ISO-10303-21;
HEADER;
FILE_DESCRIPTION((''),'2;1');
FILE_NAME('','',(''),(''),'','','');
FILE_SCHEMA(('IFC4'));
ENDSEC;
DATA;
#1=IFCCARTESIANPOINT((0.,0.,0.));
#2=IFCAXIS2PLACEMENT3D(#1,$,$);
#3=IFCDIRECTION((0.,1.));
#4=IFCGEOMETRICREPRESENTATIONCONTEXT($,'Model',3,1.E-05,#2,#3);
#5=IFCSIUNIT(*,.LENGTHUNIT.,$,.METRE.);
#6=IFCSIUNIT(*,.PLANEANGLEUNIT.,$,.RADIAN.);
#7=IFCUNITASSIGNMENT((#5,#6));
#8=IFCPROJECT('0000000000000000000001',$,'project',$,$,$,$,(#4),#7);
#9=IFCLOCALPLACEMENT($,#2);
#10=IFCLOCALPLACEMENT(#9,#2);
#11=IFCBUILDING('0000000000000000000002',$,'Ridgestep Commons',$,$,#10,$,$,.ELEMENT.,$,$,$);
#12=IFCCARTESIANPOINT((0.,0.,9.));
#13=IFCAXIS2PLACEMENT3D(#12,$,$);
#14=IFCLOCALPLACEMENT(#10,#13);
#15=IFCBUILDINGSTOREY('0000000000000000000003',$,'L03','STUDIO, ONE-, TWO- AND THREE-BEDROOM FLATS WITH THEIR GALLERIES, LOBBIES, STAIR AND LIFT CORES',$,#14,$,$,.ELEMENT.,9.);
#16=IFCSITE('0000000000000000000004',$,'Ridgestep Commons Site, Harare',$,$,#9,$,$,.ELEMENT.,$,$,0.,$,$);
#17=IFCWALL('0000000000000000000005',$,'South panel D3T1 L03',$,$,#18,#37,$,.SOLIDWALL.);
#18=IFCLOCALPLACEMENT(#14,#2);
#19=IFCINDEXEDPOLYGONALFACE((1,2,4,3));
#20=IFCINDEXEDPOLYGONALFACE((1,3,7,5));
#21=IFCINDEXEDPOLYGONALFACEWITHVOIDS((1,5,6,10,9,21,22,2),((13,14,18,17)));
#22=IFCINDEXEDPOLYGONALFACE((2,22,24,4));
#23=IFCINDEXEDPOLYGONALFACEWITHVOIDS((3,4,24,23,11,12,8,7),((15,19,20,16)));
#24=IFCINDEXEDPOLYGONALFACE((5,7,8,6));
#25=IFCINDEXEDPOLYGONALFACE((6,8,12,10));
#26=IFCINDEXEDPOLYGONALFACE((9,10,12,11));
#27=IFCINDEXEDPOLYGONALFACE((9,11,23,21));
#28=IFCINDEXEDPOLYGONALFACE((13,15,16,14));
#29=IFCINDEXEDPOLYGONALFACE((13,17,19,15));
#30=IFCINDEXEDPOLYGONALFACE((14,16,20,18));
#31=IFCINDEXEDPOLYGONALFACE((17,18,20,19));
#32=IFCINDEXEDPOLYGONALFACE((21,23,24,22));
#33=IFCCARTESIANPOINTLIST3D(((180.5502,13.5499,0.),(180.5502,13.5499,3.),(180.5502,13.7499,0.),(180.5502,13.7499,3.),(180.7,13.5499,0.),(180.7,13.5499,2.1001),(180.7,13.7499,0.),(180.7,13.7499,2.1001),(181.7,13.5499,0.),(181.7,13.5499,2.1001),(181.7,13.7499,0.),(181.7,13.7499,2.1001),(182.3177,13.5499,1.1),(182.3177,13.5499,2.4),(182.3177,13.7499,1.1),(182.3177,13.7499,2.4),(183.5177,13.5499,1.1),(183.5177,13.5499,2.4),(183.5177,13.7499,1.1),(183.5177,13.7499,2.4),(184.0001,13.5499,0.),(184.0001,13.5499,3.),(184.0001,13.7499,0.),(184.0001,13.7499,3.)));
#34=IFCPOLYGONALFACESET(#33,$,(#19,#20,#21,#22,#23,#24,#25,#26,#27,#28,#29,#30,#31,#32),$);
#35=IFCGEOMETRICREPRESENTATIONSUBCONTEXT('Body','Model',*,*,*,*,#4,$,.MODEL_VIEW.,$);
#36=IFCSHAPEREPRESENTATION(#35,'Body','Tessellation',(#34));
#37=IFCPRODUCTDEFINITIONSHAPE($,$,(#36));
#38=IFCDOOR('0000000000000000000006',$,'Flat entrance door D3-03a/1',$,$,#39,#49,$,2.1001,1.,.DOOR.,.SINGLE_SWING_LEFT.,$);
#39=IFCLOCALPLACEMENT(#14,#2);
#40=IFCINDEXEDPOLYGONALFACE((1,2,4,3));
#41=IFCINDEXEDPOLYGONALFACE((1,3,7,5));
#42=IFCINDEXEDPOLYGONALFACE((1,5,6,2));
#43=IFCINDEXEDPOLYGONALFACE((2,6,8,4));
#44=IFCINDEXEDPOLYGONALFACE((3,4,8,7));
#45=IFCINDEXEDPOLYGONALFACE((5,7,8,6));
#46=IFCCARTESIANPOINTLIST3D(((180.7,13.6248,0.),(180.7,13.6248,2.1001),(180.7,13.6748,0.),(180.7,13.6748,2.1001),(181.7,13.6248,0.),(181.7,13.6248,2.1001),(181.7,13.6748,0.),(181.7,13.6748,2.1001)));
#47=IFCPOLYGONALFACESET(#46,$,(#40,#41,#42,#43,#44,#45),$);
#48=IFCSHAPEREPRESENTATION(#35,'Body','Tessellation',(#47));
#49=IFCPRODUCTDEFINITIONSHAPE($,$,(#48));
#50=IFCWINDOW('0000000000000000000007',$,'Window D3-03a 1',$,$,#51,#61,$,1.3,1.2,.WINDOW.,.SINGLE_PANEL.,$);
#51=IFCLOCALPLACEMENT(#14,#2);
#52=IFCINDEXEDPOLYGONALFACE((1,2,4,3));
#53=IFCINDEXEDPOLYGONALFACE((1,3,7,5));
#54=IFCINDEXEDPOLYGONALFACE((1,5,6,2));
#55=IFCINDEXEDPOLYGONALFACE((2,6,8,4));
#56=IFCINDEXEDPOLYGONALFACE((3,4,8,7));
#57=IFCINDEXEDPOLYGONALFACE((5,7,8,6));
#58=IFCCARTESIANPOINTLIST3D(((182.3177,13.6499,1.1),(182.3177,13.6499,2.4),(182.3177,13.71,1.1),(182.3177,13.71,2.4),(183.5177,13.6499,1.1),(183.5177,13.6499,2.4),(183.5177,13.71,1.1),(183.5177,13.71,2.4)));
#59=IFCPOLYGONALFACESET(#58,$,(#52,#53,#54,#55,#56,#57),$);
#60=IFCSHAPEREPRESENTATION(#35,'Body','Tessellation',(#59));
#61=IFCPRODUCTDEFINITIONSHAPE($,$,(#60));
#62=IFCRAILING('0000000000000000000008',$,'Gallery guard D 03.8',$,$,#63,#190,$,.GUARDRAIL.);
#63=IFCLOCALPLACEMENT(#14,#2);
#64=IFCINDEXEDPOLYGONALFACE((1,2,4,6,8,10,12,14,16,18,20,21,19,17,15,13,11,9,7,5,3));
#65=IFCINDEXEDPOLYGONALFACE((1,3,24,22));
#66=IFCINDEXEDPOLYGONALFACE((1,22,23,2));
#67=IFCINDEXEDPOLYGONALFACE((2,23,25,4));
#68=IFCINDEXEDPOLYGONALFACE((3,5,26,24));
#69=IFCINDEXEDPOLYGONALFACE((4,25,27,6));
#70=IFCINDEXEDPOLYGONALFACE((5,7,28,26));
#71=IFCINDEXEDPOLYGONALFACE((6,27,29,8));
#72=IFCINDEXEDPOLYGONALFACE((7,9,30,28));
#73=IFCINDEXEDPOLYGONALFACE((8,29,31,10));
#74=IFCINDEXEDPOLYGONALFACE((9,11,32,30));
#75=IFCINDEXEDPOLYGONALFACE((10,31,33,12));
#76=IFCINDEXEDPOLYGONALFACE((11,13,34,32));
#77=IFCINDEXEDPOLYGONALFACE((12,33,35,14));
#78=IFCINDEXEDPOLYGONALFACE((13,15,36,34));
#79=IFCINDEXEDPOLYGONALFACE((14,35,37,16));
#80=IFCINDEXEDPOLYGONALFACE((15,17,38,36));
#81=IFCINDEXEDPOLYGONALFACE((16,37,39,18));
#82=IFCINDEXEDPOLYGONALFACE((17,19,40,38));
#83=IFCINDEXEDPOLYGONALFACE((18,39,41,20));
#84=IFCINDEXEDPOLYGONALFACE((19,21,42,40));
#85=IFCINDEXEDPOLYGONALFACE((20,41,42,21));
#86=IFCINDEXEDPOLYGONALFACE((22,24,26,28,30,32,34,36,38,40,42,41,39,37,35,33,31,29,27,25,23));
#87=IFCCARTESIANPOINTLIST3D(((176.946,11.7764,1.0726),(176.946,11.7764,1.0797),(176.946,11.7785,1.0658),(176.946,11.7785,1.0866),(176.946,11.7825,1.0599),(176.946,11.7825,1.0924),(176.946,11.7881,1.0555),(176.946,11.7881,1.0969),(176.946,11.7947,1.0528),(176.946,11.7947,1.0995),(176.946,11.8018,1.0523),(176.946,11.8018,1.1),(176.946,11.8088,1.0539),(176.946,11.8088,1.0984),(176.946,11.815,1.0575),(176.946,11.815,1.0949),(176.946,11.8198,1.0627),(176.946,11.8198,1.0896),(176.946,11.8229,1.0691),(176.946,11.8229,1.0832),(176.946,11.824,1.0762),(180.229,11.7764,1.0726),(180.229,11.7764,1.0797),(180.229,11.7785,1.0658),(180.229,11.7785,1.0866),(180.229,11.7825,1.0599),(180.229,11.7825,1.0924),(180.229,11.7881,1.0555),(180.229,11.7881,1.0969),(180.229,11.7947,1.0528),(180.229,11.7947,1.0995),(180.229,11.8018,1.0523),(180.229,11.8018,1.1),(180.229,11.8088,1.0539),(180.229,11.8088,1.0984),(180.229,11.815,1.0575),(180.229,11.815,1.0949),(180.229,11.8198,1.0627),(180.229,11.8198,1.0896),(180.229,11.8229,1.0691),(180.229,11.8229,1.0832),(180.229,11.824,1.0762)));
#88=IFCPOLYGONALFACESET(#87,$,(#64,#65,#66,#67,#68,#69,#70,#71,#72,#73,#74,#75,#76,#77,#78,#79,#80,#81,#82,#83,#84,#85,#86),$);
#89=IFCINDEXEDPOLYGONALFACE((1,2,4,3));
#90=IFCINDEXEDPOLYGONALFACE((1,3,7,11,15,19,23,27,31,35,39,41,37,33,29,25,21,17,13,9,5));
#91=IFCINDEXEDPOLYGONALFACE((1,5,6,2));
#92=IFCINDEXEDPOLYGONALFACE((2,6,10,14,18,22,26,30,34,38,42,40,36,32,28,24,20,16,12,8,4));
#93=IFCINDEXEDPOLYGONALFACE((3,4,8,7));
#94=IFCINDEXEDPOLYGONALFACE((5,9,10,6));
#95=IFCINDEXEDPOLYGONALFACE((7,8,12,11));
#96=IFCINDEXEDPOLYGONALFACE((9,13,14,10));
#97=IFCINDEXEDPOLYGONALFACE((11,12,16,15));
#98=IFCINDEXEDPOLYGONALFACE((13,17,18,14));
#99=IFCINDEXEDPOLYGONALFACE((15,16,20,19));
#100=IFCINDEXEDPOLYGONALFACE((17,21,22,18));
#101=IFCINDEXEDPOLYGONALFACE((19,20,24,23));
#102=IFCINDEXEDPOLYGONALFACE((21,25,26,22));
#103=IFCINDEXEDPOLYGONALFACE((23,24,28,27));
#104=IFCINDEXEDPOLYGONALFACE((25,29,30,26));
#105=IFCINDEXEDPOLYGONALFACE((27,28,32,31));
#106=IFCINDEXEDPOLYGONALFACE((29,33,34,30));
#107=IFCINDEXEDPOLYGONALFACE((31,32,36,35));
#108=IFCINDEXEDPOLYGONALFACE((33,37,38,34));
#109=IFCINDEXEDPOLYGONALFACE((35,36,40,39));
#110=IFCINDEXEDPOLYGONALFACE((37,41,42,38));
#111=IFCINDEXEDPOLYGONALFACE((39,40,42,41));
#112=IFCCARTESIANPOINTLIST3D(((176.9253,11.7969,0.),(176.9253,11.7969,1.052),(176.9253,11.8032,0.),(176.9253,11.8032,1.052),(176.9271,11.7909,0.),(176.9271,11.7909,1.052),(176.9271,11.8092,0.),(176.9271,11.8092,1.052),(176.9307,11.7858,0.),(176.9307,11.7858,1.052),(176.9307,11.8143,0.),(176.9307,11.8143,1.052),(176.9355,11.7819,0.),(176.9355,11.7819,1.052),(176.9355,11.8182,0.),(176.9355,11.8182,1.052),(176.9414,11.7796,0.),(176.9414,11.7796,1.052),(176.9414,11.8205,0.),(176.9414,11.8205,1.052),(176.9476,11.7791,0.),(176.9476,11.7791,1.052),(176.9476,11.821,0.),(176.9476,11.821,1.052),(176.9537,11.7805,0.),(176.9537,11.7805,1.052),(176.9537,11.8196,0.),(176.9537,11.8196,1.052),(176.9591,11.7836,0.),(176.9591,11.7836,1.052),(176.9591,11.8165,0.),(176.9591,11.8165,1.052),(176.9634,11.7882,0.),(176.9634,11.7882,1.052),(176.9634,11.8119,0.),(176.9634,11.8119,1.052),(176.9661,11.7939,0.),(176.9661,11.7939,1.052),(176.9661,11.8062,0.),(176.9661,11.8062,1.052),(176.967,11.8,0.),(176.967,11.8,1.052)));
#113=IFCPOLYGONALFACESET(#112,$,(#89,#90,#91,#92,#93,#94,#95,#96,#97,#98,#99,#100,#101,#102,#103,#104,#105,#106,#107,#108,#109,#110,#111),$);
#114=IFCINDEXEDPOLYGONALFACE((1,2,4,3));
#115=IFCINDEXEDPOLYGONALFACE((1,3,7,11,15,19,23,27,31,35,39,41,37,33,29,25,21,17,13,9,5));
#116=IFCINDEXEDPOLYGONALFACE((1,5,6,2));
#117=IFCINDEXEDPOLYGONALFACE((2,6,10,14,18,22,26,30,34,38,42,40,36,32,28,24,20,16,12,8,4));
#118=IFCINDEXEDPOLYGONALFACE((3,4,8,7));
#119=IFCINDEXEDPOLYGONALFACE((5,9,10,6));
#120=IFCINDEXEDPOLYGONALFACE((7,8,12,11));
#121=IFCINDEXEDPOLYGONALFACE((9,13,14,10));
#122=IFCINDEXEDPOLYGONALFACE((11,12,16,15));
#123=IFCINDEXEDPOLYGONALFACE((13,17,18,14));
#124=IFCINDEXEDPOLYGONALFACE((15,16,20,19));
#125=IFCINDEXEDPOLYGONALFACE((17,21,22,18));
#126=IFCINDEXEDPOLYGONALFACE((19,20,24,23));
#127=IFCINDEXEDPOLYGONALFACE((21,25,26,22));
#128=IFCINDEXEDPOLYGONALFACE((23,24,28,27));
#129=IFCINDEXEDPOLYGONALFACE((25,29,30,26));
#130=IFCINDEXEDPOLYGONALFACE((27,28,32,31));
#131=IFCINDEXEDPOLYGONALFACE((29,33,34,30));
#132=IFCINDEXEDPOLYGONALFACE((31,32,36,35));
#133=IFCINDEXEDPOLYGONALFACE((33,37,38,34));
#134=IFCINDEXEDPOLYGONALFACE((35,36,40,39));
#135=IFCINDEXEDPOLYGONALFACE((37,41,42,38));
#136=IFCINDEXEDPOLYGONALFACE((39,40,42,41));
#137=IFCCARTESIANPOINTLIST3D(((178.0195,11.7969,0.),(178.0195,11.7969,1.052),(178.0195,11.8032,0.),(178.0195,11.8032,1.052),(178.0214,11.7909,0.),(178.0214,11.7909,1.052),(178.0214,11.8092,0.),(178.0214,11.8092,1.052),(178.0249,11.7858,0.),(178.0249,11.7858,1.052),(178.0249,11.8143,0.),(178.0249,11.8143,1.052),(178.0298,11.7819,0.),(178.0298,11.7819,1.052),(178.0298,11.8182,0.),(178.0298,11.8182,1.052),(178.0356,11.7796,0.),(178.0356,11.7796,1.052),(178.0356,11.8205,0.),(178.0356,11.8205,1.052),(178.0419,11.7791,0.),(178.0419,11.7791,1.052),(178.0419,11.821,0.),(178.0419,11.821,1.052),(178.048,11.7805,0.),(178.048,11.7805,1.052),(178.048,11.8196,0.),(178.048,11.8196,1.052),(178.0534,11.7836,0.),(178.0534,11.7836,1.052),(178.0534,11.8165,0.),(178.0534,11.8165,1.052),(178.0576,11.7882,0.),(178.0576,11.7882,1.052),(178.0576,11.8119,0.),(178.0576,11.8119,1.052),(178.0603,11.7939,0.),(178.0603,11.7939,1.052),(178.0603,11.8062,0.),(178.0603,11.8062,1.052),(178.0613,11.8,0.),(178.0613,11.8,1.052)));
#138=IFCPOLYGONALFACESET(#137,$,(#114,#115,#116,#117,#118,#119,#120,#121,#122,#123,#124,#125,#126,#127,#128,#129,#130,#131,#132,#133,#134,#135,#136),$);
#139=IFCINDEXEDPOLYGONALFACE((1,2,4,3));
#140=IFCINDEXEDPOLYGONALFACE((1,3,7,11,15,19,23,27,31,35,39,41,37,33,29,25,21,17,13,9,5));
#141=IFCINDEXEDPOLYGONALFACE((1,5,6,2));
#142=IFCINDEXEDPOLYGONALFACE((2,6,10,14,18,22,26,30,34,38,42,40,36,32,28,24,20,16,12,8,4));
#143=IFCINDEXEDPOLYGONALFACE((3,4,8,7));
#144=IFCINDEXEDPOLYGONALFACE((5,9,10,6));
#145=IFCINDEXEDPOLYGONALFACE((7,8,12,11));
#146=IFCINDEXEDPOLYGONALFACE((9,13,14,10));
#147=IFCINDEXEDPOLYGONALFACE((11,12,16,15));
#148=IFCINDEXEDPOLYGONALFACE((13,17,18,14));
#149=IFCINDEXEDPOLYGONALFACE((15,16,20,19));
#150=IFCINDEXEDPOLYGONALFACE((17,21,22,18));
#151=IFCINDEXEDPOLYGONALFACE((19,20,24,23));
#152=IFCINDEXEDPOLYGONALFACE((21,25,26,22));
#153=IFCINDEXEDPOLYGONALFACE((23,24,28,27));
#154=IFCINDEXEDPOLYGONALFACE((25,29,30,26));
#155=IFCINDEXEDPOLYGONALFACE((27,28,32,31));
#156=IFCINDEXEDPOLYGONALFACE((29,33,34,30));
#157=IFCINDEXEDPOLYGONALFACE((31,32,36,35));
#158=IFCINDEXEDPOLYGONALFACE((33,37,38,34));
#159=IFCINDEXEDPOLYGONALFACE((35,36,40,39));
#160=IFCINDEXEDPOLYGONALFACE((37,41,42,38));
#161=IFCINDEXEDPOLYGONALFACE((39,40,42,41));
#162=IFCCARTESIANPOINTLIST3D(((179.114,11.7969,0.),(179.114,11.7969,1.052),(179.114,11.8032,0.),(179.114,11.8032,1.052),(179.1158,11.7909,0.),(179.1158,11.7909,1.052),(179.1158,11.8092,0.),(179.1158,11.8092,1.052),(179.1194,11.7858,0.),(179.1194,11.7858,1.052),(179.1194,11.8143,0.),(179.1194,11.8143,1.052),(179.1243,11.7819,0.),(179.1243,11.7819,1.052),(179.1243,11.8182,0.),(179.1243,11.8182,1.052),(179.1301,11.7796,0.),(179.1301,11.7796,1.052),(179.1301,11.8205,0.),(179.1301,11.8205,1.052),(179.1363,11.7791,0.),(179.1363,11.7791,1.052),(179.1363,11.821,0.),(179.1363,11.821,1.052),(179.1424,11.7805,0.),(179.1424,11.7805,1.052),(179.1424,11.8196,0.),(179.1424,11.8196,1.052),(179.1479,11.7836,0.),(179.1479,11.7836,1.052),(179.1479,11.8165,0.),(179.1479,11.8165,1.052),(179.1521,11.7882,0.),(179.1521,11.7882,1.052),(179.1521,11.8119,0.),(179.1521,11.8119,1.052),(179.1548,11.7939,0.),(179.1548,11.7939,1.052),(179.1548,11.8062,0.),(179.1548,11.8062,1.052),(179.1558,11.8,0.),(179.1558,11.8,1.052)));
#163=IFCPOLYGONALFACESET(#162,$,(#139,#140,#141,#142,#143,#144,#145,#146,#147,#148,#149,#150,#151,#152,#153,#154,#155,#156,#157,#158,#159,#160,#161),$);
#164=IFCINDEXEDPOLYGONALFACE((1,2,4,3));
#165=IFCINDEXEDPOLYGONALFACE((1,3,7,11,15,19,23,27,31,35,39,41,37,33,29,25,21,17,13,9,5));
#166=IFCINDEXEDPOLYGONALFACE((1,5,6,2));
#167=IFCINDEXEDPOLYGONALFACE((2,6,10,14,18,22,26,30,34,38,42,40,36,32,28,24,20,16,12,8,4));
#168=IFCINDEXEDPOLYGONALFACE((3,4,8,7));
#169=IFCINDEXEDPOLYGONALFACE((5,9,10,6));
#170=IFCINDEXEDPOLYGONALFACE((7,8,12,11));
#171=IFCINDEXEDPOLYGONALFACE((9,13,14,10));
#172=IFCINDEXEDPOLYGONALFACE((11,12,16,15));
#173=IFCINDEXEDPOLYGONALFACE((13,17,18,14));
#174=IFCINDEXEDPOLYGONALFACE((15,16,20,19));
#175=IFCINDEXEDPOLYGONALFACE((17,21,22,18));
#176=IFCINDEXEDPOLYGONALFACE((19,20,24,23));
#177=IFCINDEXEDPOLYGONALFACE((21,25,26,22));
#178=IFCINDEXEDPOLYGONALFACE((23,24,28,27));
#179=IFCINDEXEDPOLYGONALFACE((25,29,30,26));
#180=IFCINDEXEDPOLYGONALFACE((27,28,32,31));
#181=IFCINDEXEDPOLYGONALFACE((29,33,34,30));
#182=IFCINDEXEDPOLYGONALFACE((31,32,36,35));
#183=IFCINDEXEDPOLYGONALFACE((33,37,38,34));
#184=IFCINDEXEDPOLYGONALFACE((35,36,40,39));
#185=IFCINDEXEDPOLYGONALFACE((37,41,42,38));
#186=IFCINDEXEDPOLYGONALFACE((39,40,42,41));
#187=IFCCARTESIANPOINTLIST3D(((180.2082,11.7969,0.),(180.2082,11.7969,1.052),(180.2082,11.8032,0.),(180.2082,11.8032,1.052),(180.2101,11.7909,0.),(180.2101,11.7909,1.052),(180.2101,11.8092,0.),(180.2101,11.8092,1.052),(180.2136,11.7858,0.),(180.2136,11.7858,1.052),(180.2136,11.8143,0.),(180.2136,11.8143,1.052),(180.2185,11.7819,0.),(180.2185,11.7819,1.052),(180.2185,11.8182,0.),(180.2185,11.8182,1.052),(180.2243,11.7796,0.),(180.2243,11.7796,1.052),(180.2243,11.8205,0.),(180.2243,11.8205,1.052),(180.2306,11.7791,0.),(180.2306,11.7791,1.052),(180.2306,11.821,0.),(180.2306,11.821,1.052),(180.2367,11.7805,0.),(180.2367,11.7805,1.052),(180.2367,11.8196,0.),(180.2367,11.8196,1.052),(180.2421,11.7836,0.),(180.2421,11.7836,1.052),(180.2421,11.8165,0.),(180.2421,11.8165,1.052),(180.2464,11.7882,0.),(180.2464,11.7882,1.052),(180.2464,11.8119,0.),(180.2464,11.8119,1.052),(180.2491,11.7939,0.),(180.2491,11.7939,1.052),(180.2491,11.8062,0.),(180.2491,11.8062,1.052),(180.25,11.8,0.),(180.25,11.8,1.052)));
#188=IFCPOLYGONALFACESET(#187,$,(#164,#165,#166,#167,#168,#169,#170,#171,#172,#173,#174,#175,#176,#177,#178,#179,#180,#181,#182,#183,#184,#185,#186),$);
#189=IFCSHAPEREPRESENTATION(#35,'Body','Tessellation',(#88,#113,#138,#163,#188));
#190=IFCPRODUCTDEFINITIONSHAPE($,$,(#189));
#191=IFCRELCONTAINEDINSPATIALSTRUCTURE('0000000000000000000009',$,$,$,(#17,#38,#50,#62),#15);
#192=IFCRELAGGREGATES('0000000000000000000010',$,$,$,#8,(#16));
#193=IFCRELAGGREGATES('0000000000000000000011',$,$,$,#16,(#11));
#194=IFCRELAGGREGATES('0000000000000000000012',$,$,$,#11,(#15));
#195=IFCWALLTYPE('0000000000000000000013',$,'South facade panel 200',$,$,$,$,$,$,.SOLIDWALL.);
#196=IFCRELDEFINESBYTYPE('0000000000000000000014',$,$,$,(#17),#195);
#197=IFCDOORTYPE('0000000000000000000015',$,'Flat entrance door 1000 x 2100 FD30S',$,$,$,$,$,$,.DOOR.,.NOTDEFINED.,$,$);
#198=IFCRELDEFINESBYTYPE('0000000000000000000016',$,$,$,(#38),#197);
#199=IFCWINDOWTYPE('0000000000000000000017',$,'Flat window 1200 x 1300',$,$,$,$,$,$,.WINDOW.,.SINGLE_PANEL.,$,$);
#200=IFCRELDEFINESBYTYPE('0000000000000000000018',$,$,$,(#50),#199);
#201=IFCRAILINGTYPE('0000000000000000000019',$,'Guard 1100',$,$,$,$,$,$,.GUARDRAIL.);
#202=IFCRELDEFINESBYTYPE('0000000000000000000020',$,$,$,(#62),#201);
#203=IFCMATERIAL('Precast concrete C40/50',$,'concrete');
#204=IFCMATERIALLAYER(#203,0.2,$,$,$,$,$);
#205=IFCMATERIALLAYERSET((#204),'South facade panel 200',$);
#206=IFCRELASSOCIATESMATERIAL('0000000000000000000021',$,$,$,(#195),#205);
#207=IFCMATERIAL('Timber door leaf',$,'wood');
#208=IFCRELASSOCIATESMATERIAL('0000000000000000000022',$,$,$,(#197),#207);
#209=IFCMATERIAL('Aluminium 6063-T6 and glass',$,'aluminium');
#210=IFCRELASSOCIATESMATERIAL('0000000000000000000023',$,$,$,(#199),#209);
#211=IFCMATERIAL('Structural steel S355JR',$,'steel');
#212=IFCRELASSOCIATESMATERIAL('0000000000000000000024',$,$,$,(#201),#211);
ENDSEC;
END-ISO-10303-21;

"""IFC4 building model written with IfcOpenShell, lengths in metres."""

from ifc_helpers import new_model, si_unit, direction, frame, frame_2d, origin, origin_2d, place, context, subcontext, project, spatial, rectangle, circle, extrude, material, layer, layer_set, type_object, element, fill, save


model = new_model("IFC4")

# Units and contexts
model_context = context("Model", 3, precision=1e-05, world=origin(), true_north=direction((0.0, 1.0)))
body_context = subcontext(model_context, "Body", "Model", "MODEL_VIEW")
ifc_project = project(units=[si_unit("LENGTHUNIT", "METRE"), si_unit("PLANEANGLEUNIT", "RADIAN")], contexts=[model_context])

# Site, building, storey
site_placement = place(None, origin())
site = spatial("IfcSite", under=ifc_project, at=site_placement, Name="Ridgestep Commons Site, Harare", CompositionType="ELEMENT", RefElevation=0.0)
building_placement = place(site_placement, origin())
building = spatial("IfcBuilding", under=site, at=building_placement, Name="Ridgestep Commons", CompositionType="ELEMENT")
storey_placement = place(building_placement, frame((0.0, 0.0, 9.0)))
storey = spatial("IfcBuildingStorey", under=building, at=storey_placement, Name="L03", Description="STUDIO, ONE-, TWO- AND THREE-BEDROOM FLATS WITH THEIR GALLERIES, LOBBIES, STAIR AND LIFT CORES", CompositionType="ELEMENT", Elevation=9.0)

# Shared definitions
ifc_material_1 = material(Name="Precast concrete C40/50", Category="concrete")
ifc_layer_1 = layer(ifc_material_1, 0.2)
ifc_layer_set_1 = layer_set([ifc_layer_1], Name="South facade panel 200")
wall_type_1 = type_object("IfcWallType", Name="South facade panel 200", PredefinedType="SOLIDWALL", material=ifc_layer_set_1)

# Wall, openings, door, window
wall_1_placement = place(storey_placement, frame((180.55, 13.6499, 0.0), z_axis=(0.0, 0.0, 1.0), x_axis=(1.0, 0.0, 0.0)))
wall_1 = element("IfcWall", 1, at=wall_1_placement, inside=storey, type_object=wall_type_1, Name="South panel D3T1 L03", PredefinedType="SOLIDWALL", context=body_context, shape_type="SweptSolid", body=[
    extrude(rectangle(XDim=3.45, YDim=0.2, at=frame_2d((1.7251, 0.0))), origin(), (0.0, 0.0, 1.0), 3.0),
])
opening_1_placement = place(wall_1_placement, frame((1.7676, 0.0, 1.1001)))
opening_1 = element("IfcOpeningElement", 2, at=opening_1_placement, cuts=wall_1, PredefinedType="OPENING", context=body_context, shape_type="SweptSolid", body=[
    extrude(rectangle(XDim=1.2, YDim=1.3, at=frame_2d((0.6001, 0.6499))), frame((0.0, 0.1099, 0.0), z_axis=(0.0, -1.0, 0.0), x_axis=(1.0, 0.0, 0.0)), (0.0, 0.0, 1.0), 0.22),
])
opening_2_placement = place(wall_1_placement, frame((0.1499, 0.0, 0.0)))
opening_2 = element("IfcOpeningElement", 3, at=opening_2_placement, cuts=wall_1, PredefinedType="OPENING", context=body_context, shape_type="SweptSolid", body=[
    extrude(rectangle(XDim=1.0, YDim=2.1001, at=frame_2d((0.5, 1.05))), frame((0.0, 0.1099, 0.0), z_axis=(0.0, -1.0, 0.0), x_axis=(1.0, 0.0, 0.0)), (0.0, 0.0, 1.0), 0.22),
])
ifc_material_2 = material(Name="Timber door leaf", Category="wood")
door_type_1 = type_object("IfcDoorType", Name="Flat entrance door 1000 x 2100 FD30S", OperationType="NOTDEFINED", PredefinedType="DOOR", material=ifc_material_2)
door_1_placement = place(opening_2_placement, origin())
door_1 = element("IfcDoor", 4, at=door_1_placement, inside=storey, type_object=door_type_1, Name="Flat entrance door D3-03a/1", OperationType="SINGLE_SWING_LEFT", OverallHeight=2.1001, OverallWidth=1.0, PredefinedType="DOOR", context=body_context, shape_type="SweptSolid", body=[
    extrude(rectangle(XDim=1.0, YDim=2.1001, at=frame_2d((0.5, 1.05))), frame((0.0, 0.0249, 0.0), z_axis=(0.0, -1.0, 0.0), x_axis=(1.0, 0.0, 0.0)), (0.0, 0.0, 1.0), 0.05),
])
fill(opening_2, door_1)
ifc_material_3 = material(Name="Aluminium 6063-T6 and glass", Category="aluminium")
window_type_1 = type_object("IfcWindowType", Name="Flat window 1200 x 1300", PartitioningType="SINGLE_PANEL", PredefinedType="WINDOW", material=ifc_material_3)
window_1_placement = place(opening_1_placement, origin())
window_1 = element("IfcWindow", 5, at=window_1_placement, inside=storey, type_object=window_type_1, Name="Window D3-03a 1", OverallHeight=1.3, OverallWidth=1.2, PartitioningType="SINGLE_PANEL", PredefinedType="WINDOW", context=body_context, shape_type="SweptSolid", body=[
    extrude(rectangle(XDim=1.2, YDim=1.3, at=frame_2d((0.6001, 0.6499))), frame((0.0, 0.0601, 0.0), z_axis=(0.0, -1.0, 0.0), x_axis=(1.0, 0.0, 0.0)), (0.0, 0.0, 1.0), 0.0601),
])
fill(opening_1, window_1)

# Railing
ifc_material_4 = material(Name="Structural steel S355JR", Category="steel")
railing_type = type_object("IfcRailingType", Name="Guard 1100", PredefinedType="GUARDRAIL", material=ifc_material_4)
for number, where, name in (
    (6, (176.946, 11.8, 0.0), "Gallery guard D 03.8"),
):
    element("IfcRailing", number, at=place(storey_placement, frame(where)), inside=storey, type_object=railing_type, Name=name, PredefinedType="GUARDRAIL", context=body_context, shape_type="SweptSolid", body=[
        extrude(circle(Radius=0.0239, at=origin_2d()), frame((0.0, 0.0, 1.0762), z_axis=(1.0, 0.0, 0.0), x_axis=(0.0, 1.0, 0.0)), (0.0, 0.0, 1.0), 3.283),
        extrude(circle(Radius=0.021, at=origin_2d()), origin(), (0.0, 0.0, 1.0), 1.052),
        extrude(circle(Radius=0.021, at=origin_2d()), frame((1.0942, 0.0, 0.0)), (0.0, 0.0, 1.0), 1.052),
        extrude(circle(Radius=0.021, at=origin_2d()), frame((2.1887, 0.0, 0.0)), (0.0, 0.0, 1.0), 1.052),
        extrude(circle(Radius=0.021, at=origin_2d()), frame((3.283, 0.0, 0.0)), (0.0, 0.0, 1.0), 1.052),
    ])

save(model, "model.ifc")
